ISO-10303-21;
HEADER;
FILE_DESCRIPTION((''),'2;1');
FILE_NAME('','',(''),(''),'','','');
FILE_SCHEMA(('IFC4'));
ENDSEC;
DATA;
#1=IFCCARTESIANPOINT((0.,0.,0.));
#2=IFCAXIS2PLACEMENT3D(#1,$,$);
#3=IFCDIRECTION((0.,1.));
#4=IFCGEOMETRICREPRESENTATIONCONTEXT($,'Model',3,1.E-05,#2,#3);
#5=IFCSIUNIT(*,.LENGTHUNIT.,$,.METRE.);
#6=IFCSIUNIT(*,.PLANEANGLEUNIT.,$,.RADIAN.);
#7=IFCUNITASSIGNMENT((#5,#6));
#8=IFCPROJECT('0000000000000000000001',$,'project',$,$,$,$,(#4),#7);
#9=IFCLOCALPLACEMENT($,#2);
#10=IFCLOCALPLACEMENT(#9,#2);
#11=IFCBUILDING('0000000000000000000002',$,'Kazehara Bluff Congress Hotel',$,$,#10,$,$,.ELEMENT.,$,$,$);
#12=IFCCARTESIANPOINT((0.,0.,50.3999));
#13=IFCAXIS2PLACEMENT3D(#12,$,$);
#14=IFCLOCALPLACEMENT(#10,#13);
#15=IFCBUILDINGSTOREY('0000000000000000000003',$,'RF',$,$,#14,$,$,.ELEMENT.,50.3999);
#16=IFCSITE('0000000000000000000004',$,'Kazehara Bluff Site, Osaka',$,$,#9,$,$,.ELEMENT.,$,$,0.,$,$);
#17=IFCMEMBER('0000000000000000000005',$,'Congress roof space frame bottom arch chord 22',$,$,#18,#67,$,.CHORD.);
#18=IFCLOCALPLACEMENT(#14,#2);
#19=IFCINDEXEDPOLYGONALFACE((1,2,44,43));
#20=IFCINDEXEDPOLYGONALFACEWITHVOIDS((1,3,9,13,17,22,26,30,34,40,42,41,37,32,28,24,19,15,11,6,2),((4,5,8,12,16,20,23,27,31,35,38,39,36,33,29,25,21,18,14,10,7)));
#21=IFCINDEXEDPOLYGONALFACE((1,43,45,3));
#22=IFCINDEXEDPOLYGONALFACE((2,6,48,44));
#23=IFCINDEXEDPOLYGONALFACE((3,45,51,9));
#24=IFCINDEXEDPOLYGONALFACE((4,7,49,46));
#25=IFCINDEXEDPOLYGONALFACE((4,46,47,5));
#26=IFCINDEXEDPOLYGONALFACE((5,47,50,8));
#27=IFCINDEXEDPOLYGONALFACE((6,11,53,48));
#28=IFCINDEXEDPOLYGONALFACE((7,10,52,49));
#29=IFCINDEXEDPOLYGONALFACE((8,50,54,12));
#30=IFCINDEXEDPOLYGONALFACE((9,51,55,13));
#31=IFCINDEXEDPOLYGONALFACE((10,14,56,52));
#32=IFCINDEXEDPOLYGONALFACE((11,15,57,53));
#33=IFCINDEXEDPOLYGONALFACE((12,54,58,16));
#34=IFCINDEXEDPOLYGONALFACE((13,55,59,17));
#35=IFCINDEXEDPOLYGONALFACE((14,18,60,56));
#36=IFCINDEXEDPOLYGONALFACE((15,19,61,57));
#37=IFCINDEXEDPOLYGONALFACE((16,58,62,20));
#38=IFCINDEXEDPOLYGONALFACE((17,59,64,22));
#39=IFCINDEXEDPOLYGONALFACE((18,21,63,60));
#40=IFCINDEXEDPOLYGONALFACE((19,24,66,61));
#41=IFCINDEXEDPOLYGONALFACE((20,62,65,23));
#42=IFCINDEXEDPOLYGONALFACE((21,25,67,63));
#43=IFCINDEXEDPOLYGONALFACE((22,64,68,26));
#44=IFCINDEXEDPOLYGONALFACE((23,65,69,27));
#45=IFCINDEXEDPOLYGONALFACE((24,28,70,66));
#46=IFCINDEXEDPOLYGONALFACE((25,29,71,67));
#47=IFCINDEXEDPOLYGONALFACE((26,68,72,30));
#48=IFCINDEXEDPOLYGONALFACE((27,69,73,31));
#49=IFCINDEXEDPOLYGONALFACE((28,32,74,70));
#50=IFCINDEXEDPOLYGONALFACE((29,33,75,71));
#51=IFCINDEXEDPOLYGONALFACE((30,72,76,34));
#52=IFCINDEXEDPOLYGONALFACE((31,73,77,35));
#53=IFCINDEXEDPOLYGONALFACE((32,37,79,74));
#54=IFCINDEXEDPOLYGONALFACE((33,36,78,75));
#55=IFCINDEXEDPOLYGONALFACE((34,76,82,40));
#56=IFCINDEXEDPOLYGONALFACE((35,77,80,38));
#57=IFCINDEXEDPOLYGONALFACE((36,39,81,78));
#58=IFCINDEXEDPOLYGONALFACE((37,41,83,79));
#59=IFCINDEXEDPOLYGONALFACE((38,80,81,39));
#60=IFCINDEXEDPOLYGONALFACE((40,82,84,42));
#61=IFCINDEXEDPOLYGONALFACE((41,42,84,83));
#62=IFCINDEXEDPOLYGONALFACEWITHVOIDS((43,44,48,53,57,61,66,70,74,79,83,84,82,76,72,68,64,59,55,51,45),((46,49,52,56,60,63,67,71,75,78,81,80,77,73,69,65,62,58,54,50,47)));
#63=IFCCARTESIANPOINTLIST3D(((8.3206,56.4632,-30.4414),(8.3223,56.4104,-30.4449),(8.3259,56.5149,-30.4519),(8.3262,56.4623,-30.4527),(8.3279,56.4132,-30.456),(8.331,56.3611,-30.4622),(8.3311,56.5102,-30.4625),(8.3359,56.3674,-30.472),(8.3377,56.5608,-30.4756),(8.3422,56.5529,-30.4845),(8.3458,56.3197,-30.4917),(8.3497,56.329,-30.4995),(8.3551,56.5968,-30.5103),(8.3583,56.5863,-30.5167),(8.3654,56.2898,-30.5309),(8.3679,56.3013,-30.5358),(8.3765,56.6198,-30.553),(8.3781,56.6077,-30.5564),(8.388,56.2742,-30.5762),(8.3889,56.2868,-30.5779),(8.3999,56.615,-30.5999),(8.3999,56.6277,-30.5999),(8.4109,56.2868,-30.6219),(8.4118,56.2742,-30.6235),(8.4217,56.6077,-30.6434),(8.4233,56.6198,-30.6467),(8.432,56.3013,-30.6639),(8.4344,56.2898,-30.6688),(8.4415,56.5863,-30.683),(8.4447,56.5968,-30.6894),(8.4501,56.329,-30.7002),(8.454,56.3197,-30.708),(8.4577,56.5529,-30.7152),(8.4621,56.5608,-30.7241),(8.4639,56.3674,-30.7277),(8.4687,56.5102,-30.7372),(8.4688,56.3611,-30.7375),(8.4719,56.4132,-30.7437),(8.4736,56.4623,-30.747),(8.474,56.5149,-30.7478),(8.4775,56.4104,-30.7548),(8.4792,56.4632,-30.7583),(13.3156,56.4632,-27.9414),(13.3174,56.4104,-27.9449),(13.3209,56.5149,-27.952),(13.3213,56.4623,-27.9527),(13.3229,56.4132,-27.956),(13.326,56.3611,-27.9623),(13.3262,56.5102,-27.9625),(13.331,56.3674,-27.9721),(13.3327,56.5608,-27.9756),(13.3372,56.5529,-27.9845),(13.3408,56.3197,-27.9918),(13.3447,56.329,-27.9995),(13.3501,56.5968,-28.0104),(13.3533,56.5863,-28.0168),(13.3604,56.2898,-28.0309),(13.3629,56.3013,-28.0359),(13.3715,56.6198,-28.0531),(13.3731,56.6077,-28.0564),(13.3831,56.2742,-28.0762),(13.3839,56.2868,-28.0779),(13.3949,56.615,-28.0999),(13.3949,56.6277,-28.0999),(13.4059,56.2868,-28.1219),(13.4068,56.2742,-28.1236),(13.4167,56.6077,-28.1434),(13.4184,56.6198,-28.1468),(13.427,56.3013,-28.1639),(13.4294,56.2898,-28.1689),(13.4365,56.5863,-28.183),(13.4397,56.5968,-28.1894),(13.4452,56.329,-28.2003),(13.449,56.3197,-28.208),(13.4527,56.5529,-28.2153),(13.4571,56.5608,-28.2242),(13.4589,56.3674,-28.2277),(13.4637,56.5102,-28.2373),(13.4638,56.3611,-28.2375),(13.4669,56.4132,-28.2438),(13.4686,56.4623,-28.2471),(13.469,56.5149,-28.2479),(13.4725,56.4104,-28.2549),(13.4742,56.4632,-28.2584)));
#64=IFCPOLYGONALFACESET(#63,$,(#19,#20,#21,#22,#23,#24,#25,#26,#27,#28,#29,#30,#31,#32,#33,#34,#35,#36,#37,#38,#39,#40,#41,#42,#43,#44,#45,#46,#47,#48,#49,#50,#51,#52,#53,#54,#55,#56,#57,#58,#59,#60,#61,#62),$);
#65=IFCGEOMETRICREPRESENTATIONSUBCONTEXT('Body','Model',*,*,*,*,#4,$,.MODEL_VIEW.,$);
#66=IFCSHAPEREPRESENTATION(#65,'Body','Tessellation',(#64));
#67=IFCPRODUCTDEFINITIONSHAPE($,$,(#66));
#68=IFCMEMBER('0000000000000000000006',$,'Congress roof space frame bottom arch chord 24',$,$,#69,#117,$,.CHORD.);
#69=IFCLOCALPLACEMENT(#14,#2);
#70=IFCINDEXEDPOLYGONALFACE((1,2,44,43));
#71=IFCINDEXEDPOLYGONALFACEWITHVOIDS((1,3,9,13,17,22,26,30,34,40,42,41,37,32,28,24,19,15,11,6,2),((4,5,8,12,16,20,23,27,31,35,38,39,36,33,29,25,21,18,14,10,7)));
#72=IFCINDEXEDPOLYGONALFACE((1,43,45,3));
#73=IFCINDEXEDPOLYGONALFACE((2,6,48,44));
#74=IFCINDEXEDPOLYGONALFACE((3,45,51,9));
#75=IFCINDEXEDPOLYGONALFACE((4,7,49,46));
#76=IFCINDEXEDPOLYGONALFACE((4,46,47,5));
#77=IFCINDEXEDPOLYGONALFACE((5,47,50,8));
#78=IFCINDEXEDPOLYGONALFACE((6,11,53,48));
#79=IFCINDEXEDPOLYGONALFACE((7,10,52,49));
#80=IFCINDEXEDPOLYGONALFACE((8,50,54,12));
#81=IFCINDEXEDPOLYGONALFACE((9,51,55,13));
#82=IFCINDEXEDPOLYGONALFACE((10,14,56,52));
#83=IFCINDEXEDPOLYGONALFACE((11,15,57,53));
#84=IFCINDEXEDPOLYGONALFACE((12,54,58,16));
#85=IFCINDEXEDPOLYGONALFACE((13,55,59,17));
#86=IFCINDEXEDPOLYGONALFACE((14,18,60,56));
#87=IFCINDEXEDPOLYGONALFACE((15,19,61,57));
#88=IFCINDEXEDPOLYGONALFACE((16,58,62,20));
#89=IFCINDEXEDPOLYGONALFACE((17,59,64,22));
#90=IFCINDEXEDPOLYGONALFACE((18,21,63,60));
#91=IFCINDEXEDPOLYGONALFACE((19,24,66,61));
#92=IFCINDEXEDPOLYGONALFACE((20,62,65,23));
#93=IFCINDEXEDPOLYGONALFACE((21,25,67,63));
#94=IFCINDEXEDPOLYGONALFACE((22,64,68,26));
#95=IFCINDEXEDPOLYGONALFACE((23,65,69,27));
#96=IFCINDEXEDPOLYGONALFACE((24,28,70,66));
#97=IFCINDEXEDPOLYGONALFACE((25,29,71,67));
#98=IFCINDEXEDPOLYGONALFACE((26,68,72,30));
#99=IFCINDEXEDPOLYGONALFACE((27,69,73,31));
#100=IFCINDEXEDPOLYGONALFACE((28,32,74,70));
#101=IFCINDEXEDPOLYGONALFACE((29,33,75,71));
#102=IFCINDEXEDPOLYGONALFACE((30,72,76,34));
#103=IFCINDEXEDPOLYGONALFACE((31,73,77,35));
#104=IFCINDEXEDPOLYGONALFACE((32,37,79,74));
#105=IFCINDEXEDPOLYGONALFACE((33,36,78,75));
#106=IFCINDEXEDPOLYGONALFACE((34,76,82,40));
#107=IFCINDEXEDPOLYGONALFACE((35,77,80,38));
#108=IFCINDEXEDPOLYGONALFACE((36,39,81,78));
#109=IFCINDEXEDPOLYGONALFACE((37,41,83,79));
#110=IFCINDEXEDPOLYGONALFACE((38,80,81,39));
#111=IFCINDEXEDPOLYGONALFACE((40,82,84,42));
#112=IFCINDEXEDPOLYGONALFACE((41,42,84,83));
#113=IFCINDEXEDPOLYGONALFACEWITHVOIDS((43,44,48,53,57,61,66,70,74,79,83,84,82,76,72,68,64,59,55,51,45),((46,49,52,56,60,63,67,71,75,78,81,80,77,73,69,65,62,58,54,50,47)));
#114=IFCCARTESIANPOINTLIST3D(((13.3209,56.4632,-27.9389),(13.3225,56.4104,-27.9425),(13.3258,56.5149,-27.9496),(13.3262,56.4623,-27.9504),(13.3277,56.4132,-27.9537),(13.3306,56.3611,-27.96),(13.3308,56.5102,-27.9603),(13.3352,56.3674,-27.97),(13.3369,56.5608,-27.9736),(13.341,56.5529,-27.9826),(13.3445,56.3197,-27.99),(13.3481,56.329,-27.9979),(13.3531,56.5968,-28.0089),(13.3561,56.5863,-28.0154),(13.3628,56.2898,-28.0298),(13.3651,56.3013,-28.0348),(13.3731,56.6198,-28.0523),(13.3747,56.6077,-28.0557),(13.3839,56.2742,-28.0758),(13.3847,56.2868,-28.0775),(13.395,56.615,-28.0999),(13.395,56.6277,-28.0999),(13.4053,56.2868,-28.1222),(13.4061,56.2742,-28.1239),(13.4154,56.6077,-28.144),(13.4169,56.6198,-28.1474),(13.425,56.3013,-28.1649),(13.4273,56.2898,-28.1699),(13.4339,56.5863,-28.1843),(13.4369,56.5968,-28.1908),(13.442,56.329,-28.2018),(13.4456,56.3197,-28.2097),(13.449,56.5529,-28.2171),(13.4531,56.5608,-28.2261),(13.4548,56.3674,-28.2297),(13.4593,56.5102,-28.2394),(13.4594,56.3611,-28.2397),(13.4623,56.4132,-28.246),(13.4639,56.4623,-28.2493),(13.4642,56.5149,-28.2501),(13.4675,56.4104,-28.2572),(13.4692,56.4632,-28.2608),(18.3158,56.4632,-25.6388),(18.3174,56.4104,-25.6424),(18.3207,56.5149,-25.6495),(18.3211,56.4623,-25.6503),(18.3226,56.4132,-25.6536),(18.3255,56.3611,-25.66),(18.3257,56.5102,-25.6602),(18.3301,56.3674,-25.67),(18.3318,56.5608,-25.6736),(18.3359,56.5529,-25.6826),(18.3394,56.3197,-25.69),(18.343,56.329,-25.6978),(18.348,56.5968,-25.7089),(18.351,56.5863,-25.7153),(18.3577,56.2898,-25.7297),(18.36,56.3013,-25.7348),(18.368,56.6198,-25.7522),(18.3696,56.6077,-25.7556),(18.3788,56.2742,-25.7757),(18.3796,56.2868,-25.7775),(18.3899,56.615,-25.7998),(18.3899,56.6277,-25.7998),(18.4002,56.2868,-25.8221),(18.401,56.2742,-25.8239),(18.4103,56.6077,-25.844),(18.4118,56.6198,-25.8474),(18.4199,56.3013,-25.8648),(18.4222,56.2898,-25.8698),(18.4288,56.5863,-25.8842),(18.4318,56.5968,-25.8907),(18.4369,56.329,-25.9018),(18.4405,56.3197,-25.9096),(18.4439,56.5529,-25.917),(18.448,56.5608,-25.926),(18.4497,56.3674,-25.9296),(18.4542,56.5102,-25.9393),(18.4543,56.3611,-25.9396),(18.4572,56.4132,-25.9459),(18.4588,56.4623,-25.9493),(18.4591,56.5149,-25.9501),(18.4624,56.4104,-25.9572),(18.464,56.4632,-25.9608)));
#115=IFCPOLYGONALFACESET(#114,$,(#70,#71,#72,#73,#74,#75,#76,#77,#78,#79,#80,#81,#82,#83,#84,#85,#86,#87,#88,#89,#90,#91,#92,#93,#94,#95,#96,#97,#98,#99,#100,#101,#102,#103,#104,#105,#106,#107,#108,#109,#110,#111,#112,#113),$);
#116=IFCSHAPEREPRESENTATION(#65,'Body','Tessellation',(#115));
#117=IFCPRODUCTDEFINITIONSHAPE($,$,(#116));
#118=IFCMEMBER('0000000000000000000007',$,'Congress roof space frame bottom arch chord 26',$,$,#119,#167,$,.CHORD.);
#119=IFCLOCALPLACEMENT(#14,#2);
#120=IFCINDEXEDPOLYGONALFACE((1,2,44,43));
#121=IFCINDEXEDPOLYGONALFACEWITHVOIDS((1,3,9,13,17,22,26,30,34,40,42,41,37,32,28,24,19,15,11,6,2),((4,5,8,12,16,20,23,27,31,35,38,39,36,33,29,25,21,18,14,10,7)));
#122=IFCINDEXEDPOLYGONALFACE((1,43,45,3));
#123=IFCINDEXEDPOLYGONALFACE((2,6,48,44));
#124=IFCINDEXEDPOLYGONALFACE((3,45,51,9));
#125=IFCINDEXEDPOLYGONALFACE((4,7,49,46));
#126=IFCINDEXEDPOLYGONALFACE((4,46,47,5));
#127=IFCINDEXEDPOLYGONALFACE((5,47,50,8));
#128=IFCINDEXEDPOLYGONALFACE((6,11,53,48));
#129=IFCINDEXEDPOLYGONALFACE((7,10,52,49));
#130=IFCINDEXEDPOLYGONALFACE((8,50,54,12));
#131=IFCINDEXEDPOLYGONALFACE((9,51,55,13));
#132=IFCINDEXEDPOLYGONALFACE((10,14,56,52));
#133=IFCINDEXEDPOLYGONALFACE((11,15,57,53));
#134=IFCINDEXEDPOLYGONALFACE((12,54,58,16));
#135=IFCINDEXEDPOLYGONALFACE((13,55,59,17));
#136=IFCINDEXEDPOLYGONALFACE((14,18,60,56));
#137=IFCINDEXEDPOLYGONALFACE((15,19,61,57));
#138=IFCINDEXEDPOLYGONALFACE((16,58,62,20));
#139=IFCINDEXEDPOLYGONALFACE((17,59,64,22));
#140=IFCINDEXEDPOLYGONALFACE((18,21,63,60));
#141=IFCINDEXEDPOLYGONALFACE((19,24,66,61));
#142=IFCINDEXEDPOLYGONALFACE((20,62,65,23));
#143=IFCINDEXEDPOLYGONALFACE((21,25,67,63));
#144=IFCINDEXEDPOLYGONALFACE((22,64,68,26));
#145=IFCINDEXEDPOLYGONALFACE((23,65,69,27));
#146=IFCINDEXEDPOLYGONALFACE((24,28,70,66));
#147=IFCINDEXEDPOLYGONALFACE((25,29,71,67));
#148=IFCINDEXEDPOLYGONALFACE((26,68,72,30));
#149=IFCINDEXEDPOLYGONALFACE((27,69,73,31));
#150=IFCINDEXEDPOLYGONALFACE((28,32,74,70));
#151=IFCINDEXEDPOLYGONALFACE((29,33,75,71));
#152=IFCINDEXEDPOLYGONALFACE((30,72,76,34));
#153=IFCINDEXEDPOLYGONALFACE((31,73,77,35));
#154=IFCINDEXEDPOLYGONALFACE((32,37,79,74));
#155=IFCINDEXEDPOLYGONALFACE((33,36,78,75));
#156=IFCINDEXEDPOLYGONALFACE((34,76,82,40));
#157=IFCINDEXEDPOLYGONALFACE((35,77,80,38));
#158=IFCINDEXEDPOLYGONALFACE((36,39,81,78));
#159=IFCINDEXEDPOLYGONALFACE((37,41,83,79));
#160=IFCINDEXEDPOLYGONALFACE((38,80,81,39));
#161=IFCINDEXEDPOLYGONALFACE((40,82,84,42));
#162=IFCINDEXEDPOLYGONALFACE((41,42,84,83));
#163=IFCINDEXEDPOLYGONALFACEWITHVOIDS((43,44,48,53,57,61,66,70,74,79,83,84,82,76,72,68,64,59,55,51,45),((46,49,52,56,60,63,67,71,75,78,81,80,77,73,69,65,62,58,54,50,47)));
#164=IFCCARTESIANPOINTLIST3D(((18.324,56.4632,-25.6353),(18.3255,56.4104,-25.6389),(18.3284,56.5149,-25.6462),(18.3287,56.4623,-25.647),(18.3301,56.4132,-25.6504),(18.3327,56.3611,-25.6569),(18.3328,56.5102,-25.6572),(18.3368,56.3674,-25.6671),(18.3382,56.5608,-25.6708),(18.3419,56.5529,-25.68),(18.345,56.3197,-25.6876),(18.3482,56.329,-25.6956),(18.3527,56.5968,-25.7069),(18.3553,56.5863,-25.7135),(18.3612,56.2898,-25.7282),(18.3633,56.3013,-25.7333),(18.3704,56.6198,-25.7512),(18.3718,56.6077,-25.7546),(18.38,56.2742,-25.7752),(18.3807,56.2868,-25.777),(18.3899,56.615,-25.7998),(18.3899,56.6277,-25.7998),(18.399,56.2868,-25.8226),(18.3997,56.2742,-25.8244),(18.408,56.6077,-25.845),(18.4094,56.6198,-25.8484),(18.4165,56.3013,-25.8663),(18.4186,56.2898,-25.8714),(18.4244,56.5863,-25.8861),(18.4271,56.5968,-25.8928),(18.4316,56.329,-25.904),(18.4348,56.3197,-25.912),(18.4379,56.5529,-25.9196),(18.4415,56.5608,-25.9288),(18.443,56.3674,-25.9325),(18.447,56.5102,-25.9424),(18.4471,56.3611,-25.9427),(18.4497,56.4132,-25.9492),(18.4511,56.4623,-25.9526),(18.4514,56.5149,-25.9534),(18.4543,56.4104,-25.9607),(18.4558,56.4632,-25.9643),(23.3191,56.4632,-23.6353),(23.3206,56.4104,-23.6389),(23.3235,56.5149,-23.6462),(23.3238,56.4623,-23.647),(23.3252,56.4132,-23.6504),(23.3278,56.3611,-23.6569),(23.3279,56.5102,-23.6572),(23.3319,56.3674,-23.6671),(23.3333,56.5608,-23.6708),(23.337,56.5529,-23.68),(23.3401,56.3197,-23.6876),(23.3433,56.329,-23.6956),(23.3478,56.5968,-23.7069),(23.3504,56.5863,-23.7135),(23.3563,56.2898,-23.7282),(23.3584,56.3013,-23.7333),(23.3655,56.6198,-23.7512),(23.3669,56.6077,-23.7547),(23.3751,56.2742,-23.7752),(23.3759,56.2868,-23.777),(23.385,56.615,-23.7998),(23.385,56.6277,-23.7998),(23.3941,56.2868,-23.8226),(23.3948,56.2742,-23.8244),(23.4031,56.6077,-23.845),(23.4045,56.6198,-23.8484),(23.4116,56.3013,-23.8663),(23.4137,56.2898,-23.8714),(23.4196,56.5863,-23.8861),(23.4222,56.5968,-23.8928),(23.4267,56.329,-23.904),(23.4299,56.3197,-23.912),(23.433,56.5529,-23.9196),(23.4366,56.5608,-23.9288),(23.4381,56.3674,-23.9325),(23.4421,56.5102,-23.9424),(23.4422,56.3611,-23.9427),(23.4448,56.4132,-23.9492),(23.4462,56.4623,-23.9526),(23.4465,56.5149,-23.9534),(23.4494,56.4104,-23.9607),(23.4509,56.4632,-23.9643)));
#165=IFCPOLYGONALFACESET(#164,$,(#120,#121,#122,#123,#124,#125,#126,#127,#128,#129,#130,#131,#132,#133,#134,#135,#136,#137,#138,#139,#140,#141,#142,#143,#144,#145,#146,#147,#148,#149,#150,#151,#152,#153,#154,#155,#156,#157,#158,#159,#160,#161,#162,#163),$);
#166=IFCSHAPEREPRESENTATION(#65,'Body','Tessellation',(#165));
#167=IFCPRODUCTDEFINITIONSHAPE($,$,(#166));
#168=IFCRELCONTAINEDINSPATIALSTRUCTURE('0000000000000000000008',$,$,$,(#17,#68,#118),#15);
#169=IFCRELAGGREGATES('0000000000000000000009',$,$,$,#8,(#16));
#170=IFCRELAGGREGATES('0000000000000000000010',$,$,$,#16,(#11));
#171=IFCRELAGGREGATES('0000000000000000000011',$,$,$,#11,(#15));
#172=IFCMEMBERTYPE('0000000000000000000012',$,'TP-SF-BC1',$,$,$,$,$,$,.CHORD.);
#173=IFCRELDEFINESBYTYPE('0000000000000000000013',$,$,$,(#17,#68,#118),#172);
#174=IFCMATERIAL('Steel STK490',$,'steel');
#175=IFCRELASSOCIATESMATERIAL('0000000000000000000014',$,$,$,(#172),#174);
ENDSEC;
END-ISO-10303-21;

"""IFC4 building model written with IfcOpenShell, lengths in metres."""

from ifc_helpers import new_model, si_unit, direction, frame, origin, origin_2d, place, context, subcontext, project, spatial, hollow_circle, extrude, material, material_profile, profile_set, type_object, element, save


model = new_model("IFC4")

# Units and contexts
model_context = context("Model", 3, precision=1e-05, world=origin(), true_north=direction((0.0, 1.0)))
body_context = subcontext(model_context, "Body", "Model", "MODEL_VIEW")
ifc_project = project(units=[si_unit("LENGTHUNIT", "METRE"), si_unit("PLANEANGLEUNIT", "RADIAN")], contexts=[model_context])

# Site, building, storey
site_placement = place(None, origin())
site = spatial("IfcSite", under=ifc_project, at=site_placement, Name="Kazehara Bluff Site, Osaka", CompositionType="ELEMENT", RefElevation=0.0)
building_placement = place(site_placement, origin())
building = spatial("IfcBuilding", under=site, at=building_placement, Name="Kazehara Bluff Congress Hotel", CompositionType="ELEMENT")
storey_placement = place(building_placement, frame((0.0, 0.0, 50.3999)))
storey = spatial("IfcBuildingStorey", under=building, at=storey_placement, Name="RF", CompositionType="ELEMENT", Elevation=50.3999)

# Members
ifc_material_1 = material(Name="Steel STK490", Category="steel")
ifc_material_profile_1 = material_profile(ifc_material_1, hollow_circle(Radius=0.1777, WallThickness=0.0127, at=origin_2d()))
ifc_profile_set_1 = profile_set([ifc_material_profile_1], Name="Steel STK490")
member_type_1 = type_object("IfcMemberType", Name="TP-SF-BC1", PredefinedType="CHORD", material=ifc_profile_set_1)
member_1_placement = place(storey_placement, frame((8.3999, 56.45, -30.5999), z_axis=(0.894252, 0.0, 0.447563), x_axis=(0.0, 1.0, 0.0)))
element("IfcMember", 1, at=member_1_placement, inside=storey, type_object=member_type_1, Name="Congress roof space frame bottom arch chord 22", PredefinedType="CHORD", context=body_context, shape_type="SweptSolid", body=[
    extrude(hollow_circle(Radius=0.1777, WallThickness=0.0127, at=origin_2d()), origin(), (0.0, 0.0, 1.0), 5.5857),
])
member_2_placement = place(storey_placement, frame((13.395, 56.45, -28.0999), z_axis=(0.908324, 0.0, 0.418267), x_axis=(0.0, 1.0, 0.0)))
element("IfcMember", 2, at=member_2_placement, inside=storey, type_object=member_type_1, Name="Congress roof space frame bottom arch chord 24", PredefinedType="CHORD", context=body_context, shape_type="SweptSolid", body=[
    extrude(hollow_circle(Radius=0.1777, WallThickness=0.0127, at=origin_2d()), origin(), (0.0, 0.0, 1.0), 5.499),
])
member_3_placement = place(storey_placement, frame((18.3899, 56.45, -25.7998), z_axis=(0.928351, 0.0, 0.371704), x_axis=(0.0, 1.0, 0.0)))
element("IfcMember", 3, at=member_3_placement, inside=storey, type_object=member_type_1, Name="Congress roof space frame bottom arch chord 26", PredefinedType="CHORD", context=body_context, shape_type="SweptSolid", body=[
    extrude(hollow_circle(Radius=0.1777, WallThickness=0.0127, at=origin_2d()), origin(), (0.0, 0.0, 1.0), 5.3806),
])

save(model, "model.ifc")
